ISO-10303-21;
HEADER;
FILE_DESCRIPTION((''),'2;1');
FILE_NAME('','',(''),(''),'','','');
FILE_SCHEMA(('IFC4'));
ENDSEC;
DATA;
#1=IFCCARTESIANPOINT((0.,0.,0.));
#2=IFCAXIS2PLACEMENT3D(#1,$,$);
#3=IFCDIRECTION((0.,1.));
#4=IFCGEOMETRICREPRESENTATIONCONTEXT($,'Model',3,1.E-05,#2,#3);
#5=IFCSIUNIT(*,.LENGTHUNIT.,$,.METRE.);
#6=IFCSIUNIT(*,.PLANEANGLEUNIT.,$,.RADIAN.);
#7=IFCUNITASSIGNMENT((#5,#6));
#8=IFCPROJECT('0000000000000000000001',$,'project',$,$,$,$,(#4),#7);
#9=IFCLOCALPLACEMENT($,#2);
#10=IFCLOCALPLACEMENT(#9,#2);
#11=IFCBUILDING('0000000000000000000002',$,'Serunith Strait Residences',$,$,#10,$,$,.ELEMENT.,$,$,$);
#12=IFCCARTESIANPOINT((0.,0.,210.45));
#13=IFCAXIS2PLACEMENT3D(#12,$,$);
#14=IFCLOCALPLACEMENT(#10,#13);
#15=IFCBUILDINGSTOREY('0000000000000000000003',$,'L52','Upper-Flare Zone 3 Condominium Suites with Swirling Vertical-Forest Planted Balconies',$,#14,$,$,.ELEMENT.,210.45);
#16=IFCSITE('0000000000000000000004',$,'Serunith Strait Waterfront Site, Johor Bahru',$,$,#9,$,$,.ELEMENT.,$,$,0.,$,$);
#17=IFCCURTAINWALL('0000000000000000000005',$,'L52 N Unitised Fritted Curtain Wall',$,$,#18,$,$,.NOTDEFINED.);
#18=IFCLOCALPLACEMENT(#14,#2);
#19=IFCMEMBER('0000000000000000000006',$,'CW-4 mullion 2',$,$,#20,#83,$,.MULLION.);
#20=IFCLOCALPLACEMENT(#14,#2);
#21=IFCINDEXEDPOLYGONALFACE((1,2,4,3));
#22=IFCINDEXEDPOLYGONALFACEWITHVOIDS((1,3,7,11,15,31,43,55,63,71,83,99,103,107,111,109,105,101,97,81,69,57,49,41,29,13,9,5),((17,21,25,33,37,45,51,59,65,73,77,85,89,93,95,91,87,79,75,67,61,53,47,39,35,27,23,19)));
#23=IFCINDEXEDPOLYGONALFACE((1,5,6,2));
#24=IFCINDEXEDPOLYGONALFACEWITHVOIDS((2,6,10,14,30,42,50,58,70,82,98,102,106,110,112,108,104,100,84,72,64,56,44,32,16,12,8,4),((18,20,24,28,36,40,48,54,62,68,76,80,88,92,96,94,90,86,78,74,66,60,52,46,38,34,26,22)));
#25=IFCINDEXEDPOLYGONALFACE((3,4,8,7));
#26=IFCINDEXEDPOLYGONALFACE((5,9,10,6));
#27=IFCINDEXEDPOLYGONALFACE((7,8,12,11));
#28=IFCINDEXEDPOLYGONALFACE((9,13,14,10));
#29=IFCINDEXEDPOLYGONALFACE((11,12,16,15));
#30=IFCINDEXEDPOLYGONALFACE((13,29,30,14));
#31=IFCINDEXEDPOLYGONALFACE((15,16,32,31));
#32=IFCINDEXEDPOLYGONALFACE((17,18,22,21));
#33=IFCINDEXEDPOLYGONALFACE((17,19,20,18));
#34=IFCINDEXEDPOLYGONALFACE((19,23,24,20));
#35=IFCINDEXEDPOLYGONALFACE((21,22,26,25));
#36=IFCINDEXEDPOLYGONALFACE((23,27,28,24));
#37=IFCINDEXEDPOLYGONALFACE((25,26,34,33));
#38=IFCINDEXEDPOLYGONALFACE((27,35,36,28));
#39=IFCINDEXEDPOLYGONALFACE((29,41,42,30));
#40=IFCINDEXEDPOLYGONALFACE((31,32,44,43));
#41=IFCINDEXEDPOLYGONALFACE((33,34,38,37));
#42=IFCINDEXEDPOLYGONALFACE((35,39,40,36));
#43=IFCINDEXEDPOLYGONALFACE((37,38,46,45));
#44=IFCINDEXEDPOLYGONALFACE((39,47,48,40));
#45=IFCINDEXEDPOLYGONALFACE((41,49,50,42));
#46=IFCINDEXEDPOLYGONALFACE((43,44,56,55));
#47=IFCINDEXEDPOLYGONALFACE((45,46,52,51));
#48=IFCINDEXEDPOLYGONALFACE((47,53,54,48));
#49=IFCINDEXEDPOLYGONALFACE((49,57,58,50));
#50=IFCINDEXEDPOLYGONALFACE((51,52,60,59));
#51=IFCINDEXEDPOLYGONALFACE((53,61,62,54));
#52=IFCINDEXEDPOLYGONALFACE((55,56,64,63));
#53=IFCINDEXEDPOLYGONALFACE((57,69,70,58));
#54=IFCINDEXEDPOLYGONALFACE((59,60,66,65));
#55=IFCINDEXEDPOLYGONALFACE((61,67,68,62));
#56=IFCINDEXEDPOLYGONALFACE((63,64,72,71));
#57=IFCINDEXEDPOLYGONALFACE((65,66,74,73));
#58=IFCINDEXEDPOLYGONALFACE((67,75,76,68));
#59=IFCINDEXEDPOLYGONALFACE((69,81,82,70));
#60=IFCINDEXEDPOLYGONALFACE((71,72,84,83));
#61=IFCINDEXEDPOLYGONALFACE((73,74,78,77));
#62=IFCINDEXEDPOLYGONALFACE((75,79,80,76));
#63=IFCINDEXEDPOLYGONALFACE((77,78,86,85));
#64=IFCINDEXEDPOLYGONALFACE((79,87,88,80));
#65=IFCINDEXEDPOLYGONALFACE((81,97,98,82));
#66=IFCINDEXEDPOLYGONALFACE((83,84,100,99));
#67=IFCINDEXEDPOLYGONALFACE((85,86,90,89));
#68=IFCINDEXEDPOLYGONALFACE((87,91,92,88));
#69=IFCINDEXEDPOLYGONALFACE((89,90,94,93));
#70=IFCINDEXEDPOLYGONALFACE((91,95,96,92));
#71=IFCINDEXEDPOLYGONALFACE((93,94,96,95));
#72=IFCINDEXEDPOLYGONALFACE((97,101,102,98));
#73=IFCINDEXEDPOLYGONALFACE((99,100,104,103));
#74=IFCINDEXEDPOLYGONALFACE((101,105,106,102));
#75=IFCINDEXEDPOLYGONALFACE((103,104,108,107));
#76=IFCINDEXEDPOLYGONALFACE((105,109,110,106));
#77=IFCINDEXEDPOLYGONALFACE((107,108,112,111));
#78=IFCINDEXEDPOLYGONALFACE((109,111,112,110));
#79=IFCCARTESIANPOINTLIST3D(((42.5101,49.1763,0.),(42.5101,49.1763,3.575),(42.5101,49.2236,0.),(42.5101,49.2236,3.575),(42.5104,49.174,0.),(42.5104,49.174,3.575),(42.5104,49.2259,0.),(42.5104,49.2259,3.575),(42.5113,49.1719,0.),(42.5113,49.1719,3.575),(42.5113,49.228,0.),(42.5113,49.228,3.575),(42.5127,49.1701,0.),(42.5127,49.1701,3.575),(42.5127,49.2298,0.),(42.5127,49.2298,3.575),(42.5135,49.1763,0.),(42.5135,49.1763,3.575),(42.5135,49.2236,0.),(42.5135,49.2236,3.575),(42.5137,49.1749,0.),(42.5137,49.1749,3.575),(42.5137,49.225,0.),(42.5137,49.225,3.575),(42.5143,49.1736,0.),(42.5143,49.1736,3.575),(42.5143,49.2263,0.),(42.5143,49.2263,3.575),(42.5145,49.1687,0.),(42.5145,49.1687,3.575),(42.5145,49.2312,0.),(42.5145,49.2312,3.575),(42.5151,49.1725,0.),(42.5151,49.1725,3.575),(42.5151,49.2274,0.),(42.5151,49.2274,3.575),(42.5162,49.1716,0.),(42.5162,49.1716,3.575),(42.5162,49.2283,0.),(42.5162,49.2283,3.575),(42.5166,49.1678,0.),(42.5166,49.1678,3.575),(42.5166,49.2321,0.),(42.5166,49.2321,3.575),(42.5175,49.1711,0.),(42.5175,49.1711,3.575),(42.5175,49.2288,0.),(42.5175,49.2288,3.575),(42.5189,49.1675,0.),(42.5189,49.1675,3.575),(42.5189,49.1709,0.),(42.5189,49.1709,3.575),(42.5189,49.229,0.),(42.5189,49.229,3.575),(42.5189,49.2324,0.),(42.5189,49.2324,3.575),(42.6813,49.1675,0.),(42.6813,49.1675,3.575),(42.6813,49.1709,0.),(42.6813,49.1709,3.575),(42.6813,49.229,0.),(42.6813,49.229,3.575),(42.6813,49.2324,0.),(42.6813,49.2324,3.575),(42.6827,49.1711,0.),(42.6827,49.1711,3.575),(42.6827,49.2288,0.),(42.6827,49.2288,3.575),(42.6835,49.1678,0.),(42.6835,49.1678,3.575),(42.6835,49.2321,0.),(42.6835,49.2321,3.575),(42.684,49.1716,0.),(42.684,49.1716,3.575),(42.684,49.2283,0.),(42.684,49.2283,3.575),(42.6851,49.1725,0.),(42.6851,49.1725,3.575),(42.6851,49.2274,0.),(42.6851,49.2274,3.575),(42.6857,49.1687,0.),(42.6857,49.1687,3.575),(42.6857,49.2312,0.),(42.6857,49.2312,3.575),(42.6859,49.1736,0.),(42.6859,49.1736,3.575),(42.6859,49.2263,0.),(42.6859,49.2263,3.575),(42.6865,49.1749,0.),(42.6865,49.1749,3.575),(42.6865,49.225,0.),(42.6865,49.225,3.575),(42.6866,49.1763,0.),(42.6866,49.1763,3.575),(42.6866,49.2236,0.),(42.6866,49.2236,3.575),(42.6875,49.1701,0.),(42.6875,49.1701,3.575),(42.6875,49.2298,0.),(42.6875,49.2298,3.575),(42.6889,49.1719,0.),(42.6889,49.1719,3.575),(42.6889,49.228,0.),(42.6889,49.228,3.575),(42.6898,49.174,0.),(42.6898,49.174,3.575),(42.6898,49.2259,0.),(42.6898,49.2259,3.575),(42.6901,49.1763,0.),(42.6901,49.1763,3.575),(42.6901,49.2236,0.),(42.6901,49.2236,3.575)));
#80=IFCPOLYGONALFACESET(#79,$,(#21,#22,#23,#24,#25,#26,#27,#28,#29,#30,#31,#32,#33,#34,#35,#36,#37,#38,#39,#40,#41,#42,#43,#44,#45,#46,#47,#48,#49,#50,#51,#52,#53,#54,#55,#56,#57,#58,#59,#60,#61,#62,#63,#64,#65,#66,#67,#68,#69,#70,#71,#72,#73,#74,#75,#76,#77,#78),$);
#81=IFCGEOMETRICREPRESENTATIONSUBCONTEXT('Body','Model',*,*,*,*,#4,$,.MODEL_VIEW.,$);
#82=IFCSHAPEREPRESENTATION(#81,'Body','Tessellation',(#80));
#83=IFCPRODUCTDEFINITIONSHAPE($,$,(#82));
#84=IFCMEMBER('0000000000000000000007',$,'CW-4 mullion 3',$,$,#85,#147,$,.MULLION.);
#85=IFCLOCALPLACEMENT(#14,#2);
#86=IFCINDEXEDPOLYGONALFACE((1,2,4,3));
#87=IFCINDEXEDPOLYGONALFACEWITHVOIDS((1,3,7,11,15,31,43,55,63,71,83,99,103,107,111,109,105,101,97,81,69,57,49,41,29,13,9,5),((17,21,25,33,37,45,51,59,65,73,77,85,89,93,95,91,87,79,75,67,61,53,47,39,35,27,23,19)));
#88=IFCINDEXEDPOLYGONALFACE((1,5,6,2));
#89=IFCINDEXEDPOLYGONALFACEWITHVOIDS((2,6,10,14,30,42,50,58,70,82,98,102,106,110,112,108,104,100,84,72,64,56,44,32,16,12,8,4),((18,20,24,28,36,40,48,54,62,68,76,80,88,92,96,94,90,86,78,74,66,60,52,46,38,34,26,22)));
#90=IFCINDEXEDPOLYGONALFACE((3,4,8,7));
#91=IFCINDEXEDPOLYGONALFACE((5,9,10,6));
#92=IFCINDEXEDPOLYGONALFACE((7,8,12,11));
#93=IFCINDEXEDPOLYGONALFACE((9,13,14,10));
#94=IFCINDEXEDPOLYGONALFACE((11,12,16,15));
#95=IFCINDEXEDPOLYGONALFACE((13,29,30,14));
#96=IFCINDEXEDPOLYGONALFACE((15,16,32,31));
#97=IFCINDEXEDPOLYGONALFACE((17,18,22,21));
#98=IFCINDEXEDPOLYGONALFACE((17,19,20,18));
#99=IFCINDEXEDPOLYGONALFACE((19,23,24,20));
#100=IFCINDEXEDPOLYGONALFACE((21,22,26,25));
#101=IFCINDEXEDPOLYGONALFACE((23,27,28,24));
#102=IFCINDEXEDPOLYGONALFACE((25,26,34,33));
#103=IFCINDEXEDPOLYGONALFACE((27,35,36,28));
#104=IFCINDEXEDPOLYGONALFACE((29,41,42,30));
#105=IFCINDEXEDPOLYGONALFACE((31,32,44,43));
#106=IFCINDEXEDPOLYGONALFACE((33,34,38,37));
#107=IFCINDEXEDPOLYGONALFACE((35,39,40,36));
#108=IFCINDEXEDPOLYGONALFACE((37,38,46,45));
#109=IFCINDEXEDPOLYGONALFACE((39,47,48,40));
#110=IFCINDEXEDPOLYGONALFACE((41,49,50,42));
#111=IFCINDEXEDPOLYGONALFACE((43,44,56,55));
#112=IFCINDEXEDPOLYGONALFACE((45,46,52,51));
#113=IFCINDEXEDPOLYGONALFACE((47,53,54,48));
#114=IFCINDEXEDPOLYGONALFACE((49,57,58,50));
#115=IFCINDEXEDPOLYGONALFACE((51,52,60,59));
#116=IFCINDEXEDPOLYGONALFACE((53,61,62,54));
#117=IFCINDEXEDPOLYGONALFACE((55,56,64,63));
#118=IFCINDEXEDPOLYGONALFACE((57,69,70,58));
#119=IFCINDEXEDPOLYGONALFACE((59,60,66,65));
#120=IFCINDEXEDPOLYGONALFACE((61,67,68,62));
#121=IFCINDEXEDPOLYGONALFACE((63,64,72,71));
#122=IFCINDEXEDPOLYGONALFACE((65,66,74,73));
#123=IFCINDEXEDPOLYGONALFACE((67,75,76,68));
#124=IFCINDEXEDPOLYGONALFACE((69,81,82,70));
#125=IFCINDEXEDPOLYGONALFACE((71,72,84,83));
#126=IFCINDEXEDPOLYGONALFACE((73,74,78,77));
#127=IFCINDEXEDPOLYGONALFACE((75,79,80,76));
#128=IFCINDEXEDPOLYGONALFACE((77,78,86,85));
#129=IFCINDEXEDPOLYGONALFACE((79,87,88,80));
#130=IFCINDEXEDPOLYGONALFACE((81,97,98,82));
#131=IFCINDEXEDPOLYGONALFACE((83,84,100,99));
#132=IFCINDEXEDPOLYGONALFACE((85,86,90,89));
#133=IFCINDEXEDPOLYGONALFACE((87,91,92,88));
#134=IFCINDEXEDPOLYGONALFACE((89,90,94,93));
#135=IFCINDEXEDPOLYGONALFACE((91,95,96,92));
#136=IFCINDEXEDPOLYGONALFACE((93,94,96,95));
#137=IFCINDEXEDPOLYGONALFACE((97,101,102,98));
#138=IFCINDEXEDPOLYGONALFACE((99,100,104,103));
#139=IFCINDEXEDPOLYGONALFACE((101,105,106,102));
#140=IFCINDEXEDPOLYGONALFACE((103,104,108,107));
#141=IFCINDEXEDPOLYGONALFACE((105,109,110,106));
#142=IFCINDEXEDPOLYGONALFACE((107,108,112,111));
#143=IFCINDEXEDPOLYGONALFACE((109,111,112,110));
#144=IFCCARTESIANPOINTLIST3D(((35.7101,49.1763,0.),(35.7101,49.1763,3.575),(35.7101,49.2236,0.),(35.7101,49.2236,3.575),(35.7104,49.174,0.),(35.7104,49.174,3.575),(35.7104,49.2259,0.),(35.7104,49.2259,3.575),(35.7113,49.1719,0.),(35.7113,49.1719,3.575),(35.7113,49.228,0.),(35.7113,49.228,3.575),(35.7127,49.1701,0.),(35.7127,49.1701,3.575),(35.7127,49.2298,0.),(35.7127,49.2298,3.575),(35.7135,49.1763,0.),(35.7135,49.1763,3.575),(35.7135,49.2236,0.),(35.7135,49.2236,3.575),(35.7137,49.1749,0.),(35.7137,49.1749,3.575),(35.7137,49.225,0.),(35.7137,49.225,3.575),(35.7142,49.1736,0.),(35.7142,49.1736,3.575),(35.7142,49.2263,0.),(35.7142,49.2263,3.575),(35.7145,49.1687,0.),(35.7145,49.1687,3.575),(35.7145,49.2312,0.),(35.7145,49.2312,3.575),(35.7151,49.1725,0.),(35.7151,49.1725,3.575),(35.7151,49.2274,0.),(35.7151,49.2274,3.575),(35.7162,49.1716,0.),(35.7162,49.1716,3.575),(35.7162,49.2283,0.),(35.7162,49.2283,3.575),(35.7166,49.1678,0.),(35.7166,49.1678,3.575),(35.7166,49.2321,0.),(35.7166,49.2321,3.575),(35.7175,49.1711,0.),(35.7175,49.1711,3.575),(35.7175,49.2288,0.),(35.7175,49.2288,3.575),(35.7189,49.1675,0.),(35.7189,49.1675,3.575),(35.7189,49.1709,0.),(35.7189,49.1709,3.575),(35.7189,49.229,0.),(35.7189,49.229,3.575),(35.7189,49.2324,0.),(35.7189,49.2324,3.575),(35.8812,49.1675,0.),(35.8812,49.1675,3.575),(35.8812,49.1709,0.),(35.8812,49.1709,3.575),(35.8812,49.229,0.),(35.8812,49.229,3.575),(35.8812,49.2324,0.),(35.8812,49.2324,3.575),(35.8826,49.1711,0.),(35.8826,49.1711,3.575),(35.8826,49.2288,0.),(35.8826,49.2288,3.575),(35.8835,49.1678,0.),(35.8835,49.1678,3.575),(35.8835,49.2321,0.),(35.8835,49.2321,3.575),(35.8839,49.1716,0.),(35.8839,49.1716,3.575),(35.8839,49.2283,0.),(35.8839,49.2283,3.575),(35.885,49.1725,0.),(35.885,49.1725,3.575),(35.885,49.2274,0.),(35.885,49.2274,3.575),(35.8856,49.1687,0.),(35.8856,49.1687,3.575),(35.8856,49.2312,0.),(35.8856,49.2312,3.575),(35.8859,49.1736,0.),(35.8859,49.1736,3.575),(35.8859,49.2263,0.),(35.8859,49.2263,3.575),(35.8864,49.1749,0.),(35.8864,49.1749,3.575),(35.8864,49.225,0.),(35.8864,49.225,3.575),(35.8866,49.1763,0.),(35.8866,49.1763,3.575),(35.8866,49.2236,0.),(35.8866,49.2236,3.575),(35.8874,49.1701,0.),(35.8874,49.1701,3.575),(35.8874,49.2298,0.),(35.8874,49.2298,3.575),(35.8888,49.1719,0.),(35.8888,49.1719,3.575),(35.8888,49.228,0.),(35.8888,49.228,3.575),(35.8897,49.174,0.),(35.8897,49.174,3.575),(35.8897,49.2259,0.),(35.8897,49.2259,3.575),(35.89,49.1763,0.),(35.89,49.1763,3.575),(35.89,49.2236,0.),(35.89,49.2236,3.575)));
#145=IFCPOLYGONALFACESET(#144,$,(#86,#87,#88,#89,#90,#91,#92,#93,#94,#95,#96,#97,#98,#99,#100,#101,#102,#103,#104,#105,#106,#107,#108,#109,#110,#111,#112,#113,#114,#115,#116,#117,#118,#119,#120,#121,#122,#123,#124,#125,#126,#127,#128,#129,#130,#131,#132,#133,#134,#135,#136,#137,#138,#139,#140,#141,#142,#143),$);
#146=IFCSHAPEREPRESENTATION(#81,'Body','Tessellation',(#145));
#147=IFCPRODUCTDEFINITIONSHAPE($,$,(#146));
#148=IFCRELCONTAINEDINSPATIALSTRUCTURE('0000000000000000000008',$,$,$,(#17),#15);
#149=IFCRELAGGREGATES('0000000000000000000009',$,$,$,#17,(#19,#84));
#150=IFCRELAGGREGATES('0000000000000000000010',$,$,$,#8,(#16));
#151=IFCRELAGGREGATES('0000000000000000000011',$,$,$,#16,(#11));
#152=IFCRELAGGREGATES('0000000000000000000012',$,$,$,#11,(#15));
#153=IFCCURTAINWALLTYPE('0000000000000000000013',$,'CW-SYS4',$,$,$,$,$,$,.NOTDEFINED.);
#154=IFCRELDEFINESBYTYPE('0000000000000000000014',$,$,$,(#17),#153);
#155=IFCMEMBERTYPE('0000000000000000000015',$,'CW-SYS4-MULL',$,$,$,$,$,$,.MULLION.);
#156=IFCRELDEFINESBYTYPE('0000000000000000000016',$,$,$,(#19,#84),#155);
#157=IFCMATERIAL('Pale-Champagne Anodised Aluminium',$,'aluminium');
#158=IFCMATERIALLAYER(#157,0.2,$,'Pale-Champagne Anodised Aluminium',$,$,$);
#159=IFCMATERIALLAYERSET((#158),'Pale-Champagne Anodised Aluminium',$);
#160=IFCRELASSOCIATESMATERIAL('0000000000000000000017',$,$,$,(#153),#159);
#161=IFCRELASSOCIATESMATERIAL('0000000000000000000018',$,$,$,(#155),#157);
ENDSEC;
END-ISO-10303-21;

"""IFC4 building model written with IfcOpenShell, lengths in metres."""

from ifc_helpers import new_model, si_unit, direction, frame, origin, origin_2d, place, context, subcontext, project, spatial, hollow_rectangle, extrude, source, transform, mapped, material, layer, layer_set, material_profile, profile_set, type_object, element, aggregate, save


model = new_model("IFC4")

# Units and contexts
model_context = context("Model", 3, precision=1e-05, world=origin(), true_north=direction((0.0, 1.0)))
body_context = subcontext(model_context, "Body", "Model", "MODEL_VIEW")
ifc_project = project(units=[si_unit("LENGTHUNIT", "METRE"), si_unit("PLANEANGLEUNIT", "RADIAN")], contexts=[model_context])

# Site, building, storey
site_placement = place(None, origin())
site = spatial("IfcSite", under=ifc_project, at=site_placement, Name="Serunith Strait Waterfront Site, Johor Bahru", CompositionType="ELEMENT", RefElevation=0.0)
building_placement = place(site_placement, origin())
building = spatial("IfcBuilding", under=site, at=building_placement, Name="Serunith Strait Residences", CompositionType="ELEMENT")
storey_placement = place(building_placement, frame((0.0, 0.0, 210.45)))
storey = spatial("IfcBuildingStorey", under=building, at=storey_placement, Name="L52", Description="Upper-Flare Zone 3 Condominium Suites with Swirling Vertical-Forest Planted Balconies", CompositionType="ELEMENT", Elevation=210.45)

# Curtain wall, members
ifc_material_1 = material(Name="Pale-Champagne Anodised Aluminium", Category="aluminium")
ifc_layer_1 = layer(ifc_material_1, 0.2, Name="Pale-Champagne Anodised Aluminium")
ifc_layer_set_1 = layer_set([ifc_layer_1], Name="Pale-Champagne Anodised Aluminium")
curtain_wall_type = type_object("IfcCurtainWallType", Name="CW-SYS4", PredefinedType="NOTDEFINED", material=ifc_layer_set_1)
curtain_wall_placement = place(storey_placement, origin())
curtain_wall = element("IfcCurtainWall", 1, at=curtain_wall_placement, inside=storey, type_object=curtain_wall_type, Name="L52 N Unitised Fritted Curtain Wall", PredefinedType="NOTDEFINED")
ifc_material_profile_1 = material_profile(ifc_material_1, hollow_rectangle(XDim=0.0649, YDim=0.1799, WallThickness=0.0034, InnerFilletRadius=0.0054, OuterFilletRadius=0.0088, at=origin_2d()), Name="ALU 180x65x3.5")
ifc_profile_set_1 = profile_set([ifc_material_profile_1], Name="Pale-Champagne Anodised Aluminium")
member_type_1 = type_object("IfcMemberType", Name="CW-SYS4-MULL", PredefinedType="MULLION", material=ifc_profile_set_1)
shared_shape_1 = source(origin(), body_context, "Body", "SweptSolid", [
    extrude(hollow_rectangle(XDim=0.0649, YDim=0.1799, WallThickness=0.0034, InnerFilletRadius=0.0054, OuterFilletRadius=0.0088, at=origin_2d()), origin(), (0.0, 0.0, 1.0), 3.575),
])
member_1_placement = place(storey_placement, frame((42.6001, 49.2, 0.0), z_axis=(0.0, 0.0, 1.0), x_axis=(0.0, -1.0, 0.0)))
member_1 = element("IfcMember", 2, at=member_1_placement, type_object=member_type_1, Name="CW-4 mullion 2", PredefinedType="MULLION", context=body_context, shape_type="MappedRepresentation", body=[
    mapped(shared_shape_1, transform((0.0, 0.0, 0.0), scale=1.0)),
])
member_2_placement = place(storey_placement, frame((35.8, 49.2, 0.0), z_axis=(0.0, 0.0, 1.0), x_axis=(0.0, -1.0, 0.0)))
member_2 = element("IfcMember", 3, at=member_2_placement, type_object=member_type_1, Name="CW-4 mullion 3", PredefinedType="MULLION", context=body_context, shape_type="MappedRepresentation", body=[
    mapped(shared_shape_1, transform((0.0, 0.0, 0.0), scale=1.0)),
])
aggregate(curtain_wall, [member_1, member_2])

save(model, "model.ifc")
